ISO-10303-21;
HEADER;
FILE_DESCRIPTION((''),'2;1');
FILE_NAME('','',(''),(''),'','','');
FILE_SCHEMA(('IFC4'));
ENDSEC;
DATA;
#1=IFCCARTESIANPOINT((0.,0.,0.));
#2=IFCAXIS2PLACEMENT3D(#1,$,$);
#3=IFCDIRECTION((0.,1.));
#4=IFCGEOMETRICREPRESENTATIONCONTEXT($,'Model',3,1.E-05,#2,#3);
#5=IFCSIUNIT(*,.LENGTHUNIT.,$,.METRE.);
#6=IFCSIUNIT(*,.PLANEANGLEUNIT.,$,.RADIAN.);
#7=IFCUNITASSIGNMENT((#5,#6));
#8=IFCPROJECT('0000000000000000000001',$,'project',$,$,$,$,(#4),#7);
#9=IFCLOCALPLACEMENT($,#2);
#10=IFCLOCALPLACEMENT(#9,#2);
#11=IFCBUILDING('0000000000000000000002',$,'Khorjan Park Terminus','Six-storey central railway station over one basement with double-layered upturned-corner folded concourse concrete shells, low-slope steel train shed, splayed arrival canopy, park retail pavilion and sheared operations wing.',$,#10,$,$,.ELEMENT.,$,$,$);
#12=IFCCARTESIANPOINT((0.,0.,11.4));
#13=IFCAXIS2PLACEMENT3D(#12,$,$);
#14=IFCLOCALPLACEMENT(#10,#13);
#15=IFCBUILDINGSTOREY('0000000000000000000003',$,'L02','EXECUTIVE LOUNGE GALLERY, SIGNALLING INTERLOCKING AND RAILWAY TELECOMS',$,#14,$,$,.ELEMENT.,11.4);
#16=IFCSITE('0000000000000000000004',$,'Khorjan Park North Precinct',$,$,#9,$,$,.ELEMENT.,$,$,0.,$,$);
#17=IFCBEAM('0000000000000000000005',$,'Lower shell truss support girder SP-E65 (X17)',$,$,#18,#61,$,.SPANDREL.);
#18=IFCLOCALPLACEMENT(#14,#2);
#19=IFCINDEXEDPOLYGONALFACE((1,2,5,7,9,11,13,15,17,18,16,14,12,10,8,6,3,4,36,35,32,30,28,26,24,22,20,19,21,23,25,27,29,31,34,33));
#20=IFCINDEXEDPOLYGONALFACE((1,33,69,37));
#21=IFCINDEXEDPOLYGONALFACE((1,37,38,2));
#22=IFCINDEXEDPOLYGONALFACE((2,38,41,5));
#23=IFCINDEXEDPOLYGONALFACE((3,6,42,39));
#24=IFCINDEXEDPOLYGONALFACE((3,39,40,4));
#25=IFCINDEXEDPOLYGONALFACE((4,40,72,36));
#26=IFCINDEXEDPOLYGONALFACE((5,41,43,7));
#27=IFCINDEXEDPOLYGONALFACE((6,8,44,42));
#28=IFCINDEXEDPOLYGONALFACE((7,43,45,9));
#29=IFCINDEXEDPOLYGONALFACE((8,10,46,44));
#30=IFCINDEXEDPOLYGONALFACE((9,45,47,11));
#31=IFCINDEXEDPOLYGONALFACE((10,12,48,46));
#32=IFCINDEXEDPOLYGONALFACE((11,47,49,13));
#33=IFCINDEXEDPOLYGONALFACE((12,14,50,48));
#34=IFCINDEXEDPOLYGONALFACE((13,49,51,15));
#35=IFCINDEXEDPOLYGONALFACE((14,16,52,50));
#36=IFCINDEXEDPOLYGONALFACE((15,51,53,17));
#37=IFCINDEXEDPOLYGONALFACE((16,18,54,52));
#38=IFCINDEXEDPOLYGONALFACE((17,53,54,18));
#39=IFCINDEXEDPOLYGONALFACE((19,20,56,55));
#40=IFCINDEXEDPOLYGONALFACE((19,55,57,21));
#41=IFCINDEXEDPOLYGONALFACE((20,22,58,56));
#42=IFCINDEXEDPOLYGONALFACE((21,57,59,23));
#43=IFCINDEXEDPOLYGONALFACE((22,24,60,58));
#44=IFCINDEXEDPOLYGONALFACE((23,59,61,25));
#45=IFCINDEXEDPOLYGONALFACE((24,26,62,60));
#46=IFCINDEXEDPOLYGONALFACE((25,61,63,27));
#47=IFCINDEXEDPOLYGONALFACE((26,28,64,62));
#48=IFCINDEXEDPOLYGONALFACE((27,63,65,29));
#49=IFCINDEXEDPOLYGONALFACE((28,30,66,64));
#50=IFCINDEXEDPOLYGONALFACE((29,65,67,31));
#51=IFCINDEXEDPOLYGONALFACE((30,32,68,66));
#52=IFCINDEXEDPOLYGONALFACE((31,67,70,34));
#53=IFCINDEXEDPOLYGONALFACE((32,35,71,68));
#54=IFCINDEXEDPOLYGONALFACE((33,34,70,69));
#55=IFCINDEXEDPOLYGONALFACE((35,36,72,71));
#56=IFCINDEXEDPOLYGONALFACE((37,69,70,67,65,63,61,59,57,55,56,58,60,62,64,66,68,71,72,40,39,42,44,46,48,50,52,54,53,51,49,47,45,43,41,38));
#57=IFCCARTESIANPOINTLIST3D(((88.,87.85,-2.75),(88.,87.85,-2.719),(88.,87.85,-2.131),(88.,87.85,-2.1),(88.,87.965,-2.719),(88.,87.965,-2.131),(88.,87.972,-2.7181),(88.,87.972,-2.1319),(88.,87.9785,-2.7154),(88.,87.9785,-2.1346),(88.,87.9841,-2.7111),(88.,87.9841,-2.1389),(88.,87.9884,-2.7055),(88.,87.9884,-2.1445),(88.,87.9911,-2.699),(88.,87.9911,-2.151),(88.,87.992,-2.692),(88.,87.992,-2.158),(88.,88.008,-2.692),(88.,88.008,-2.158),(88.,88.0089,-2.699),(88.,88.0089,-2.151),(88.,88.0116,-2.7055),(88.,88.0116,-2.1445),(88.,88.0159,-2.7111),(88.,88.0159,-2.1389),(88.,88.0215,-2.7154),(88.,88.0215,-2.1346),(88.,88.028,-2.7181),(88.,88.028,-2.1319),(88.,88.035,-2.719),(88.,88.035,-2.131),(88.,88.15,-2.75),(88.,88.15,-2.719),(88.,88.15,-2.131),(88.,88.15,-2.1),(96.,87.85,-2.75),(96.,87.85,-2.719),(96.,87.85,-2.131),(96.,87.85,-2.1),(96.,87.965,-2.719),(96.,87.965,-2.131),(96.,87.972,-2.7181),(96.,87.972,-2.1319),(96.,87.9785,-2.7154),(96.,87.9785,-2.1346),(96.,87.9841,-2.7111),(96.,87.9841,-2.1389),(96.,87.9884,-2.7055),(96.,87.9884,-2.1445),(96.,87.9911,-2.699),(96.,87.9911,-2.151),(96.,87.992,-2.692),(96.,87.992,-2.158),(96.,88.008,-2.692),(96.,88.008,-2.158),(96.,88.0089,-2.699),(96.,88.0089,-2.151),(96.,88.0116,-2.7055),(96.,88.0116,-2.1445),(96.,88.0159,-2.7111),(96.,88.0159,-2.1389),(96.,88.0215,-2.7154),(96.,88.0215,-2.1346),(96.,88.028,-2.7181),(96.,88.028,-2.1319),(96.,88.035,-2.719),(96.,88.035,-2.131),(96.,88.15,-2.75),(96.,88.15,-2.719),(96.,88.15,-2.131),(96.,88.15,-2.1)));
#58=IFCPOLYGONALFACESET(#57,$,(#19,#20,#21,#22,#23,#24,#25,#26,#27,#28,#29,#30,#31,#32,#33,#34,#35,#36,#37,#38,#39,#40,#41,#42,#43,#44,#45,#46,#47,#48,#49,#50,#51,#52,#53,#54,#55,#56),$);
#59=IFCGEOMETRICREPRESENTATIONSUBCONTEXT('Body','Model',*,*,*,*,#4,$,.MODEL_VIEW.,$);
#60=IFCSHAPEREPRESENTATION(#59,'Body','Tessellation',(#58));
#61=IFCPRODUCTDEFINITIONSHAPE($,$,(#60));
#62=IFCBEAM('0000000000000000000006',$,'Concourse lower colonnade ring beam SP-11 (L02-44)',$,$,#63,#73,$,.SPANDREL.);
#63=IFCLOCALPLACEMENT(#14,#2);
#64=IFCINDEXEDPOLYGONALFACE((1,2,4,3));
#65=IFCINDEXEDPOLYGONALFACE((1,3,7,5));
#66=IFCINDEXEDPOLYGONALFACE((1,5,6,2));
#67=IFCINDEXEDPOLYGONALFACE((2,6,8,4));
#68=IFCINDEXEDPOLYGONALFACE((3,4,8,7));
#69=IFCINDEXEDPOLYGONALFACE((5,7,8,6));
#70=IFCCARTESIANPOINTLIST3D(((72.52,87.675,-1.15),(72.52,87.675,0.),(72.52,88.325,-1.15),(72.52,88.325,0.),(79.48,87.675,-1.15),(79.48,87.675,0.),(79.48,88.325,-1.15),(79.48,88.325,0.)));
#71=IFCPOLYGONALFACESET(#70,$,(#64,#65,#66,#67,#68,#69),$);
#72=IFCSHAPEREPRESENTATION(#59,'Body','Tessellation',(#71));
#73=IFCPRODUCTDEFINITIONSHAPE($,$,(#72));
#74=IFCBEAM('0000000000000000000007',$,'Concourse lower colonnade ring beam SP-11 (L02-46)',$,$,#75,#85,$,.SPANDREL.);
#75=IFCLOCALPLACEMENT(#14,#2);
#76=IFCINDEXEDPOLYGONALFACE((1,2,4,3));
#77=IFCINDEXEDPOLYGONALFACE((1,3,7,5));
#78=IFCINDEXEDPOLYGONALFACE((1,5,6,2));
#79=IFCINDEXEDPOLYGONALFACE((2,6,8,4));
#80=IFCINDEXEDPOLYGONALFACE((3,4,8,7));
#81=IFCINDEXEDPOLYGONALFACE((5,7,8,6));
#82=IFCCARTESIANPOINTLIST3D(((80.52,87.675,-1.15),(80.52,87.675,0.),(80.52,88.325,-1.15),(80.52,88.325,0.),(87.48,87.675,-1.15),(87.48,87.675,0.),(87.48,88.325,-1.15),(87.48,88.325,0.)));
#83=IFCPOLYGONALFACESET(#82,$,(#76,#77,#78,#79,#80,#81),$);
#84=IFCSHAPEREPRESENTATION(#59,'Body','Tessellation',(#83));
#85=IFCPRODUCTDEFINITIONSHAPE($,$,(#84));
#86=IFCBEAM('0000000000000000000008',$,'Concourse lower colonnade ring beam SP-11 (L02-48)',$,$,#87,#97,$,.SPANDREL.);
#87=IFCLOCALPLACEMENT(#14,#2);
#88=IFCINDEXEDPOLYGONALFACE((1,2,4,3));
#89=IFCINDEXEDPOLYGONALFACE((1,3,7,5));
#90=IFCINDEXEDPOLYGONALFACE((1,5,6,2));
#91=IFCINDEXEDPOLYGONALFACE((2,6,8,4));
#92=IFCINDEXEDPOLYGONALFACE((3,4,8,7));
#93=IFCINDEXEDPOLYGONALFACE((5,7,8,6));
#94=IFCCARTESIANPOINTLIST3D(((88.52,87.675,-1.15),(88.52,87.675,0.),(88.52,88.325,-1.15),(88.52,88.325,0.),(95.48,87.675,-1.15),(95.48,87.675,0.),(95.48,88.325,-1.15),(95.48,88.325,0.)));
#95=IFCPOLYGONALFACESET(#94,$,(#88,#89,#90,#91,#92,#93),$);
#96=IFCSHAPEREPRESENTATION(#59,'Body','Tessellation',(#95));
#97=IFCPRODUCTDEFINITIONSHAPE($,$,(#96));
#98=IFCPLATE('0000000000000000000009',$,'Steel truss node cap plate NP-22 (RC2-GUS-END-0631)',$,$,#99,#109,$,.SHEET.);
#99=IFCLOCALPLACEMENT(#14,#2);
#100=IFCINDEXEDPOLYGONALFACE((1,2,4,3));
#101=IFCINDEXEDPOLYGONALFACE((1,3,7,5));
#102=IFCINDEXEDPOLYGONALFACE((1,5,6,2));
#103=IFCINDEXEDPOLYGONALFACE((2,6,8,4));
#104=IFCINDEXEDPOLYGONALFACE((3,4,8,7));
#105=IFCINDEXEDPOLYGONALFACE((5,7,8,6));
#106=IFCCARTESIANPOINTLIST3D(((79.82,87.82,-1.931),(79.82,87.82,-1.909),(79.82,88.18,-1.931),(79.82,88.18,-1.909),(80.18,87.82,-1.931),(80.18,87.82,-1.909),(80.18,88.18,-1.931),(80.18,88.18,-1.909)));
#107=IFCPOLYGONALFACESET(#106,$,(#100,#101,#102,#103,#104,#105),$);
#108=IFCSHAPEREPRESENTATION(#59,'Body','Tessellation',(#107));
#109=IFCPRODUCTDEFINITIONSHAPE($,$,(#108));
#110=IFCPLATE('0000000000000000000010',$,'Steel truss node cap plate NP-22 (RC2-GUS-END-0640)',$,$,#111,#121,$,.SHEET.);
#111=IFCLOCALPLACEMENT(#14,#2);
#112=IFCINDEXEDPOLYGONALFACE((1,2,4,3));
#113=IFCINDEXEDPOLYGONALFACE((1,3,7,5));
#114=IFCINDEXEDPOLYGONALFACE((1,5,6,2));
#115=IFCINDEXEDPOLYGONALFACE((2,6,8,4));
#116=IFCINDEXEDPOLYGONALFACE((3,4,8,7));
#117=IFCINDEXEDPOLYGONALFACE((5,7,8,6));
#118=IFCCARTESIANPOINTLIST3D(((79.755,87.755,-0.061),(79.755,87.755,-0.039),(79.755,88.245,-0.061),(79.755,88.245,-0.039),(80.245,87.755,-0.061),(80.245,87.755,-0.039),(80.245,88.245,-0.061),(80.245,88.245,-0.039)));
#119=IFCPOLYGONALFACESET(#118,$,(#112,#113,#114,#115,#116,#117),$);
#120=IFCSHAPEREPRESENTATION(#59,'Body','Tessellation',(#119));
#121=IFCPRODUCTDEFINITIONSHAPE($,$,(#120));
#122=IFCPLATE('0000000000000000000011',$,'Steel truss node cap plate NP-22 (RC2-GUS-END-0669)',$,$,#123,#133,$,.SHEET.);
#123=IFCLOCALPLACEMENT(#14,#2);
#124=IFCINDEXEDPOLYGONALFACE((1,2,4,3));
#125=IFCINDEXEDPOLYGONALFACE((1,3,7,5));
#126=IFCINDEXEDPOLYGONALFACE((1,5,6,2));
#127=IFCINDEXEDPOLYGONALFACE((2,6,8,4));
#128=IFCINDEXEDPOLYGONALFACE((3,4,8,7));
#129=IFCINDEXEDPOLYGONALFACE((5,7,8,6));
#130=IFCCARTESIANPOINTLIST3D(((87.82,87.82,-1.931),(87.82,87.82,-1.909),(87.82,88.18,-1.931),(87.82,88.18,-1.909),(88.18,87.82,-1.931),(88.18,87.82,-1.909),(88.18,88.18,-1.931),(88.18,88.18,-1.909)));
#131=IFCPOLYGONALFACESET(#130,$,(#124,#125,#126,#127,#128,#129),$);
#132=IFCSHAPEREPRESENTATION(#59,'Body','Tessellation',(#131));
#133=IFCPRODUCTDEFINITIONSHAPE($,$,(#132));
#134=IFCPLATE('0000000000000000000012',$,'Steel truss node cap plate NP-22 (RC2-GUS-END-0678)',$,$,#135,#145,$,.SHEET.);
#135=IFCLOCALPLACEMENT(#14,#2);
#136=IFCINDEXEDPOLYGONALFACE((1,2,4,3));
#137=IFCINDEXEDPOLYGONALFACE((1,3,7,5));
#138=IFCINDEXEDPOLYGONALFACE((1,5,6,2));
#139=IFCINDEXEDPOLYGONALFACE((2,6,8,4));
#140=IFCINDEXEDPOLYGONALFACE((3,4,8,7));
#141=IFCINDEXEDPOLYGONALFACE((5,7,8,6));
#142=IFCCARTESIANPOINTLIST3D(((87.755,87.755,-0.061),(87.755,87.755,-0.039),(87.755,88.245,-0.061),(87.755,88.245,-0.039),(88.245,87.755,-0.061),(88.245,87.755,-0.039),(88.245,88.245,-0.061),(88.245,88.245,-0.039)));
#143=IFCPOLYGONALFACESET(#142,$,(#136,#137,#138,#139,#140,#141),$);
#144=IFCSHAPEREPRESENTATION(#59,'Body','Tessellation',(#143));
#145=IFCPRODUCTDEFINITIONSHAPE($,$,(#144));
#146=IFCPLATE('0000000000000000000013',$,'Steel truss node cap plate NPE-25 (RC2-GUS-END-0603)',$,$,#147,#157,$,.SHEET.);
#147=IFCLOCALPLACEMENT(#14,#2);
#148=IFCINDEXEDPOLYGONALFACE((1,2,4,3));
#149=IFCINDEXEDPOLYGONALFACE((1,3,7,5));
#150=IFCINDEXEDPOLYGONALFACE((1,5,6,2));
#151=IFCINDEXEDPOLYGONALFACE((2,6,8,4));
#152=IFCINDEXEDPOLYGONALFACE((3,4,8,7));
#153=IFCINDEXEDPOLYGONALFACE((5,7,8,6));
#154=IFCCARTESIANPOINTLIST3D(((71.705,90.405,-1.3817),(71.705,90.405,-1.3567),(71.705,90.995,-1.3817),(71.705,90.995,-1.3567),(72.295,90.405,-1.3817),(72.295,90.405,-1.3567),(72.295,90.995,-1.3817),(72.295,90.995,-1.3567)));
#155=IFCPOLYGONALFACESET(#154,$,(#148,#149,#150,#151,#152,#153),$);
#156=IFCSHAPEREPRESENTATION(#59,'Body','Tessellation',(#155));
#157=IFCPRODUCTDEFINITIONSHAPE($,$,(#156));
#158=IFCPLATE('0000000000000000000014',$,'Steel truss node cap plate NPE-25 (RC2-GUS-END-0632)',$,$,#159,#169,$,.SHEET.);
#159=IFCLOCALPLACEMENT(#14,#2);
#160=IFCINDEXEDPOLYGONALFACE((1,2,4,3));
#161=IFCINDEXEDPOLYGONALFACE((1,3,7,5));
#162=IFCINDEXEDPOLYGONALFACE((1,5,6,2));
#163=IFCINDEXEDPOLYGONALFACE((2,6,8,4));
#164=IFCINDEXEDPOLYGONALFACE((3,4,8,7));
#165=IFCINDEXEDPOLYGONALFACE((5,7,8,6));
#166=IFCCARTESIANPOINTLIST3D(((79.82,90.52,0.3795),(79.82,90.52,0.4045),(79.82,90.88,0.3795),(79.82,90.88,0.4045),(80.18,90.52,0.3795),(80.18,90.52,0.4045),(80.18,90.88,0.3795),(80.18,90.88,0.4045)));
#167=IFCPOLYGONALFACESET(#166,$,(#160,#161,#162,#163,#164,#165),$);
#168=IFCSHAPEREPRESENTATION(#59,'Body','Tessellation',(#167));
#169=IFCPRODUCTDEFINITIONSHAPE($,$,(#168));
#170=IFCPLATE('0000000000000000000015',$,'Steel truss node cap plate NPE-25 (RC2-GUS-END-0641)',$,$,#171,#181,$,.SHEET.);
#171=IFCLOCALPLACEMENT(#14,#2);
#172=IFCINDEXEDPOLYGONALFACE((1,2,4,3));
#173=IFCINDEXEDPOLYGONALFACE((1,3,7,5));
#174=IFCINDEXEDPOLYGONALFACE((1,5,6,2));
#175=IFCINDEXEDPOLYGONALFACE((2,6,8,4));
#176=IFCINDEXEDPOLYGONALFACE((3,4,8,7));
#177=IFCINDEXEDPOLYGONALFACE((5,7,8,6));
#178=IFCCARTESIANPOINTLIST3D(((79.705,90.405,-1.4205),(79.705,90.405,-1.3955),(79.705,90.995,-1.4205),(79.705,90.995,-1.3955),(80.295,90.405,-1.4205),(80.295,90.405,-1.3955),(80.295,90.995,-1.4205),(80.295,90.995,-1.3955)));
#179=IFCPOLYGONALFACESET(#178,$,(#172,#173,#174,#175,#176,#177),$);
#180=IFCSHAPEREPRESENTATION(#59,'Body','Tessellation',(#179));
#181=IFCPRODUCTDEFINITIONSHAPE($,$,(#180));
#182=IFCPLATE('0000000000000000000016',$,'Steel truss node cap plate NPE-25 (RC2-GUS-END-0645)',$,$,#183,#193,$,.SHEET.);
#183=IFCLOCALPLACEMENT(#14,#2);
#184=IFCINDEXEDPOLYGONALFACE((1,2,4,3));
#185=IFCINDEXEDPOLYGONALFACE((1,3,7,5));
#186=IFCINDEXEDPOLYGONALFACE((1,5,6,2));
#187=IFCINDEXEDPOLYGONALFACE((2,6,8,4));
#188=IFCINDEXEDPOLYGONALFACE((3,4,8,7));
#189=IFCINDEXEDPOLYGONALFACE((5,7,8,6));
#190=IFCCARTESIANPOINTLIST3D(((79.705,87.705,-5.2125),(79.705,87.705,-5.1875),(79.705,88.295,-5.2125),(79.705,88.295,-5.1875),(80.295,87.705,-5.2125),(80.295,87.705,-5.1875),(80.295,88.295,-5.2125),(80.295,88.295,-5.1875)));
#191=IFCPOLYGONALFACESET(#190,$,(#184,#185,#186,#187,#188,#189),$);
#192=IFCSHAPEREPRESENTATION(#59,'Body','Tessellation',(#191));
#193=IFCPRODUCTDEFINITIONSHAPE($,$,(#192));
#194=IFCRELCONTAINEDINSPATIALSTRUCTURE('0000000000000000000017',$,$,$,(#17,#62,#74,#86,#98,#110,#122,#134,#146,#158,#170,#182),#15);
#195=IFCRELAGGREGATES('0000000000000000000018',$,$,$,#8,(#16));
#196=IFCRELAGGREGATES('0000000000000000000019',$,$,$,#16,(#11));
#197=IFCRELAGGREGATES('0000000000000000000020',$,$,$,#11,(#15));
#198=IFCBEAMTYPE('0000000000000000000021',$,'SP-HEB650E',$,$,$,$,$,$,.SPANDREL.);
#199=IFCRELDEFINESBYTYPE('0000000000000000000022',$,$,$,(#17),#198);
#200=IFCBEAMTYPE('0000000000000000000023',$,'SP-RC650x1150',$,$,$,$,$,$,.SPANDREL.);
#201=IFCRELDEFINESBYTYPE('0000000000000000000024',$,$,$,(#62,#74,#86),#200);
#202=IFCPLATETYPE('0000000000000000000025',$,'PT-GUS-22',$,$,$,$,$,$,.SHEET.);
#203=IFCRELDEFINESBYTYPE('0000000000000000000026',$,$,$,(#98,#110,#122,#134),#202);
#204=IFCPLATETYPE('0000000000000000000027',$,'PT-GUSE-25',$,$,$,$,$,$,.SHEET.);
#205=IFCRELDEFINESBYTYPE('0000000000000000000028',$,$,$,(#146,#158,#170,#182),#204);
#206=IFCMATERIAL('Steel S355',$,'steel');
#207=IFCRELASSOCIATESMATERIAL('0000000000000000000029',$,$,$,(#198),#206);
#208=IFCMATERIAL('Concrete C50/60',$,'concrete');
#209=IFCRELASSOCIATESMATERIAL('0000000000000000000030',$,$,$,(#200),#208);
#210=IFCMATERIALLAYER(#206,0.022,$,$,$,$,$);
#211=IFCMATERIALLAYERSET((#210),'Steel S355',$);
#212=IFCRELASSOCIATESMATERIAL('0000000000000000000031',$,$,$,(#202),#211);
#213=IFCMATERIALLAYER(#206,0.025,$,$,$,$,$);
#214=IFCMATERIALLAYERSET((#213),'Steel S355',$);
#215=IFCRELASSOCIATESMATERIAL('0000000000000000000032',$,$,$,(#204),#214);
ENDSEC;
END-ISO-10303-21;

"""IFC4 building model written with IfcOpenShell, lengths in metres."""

from ifc_helpers import new_model, si_unit, direction, frame, origin, origin_2d, place, context, subcontext, project, spatial, rectangle, i_section, extrude, material, layer, layer_set, material_profile, profile_set, type_object, element, save


model = new_model("IFC4")

# Units and contexts
model_context = context("Model", 3, precision=1e-05, world=origin(), true_north=direction((0.0, 1.0)))
body_context = subcontext(model_context, "Body", "Model", "MODEL_VIEW")
ifc_project = project(units=[si_unit("LENGTHUNIT", "METRE"), si_unit("PLANEANGLEUNIT", "RADIAN")], contexts=[model_context])

# Site, building, storey
site_placement = place(None, origin())
site = spatial("IfcSite", under=ifc_project, at=site_placement, Name="Khorjan Park North Precinct", CompositionType="ELEMENT", RefElevation=0.0)
building_placement = place(site_placement, origin())
building = spatial("IfcBuilding", under=site, at=building_placement, Name="Khorjan Park Terminus", Description="Six-storey central railway station over one basement with double-layered upturned-corner folded concourse concrete shells, low-slope steel train shed, splayed arrival canopy, park retail pavilion and sheared operations wing.", CompositionType="ELEMENT")
storey_placement = place(building_placement, frame((0.0, 0.0, 11.4)))
storey = spatial("IfcBuildingStorey", under=building, at=storey_placement, Name="L02", Description="EXECUTIVE LOUNGE GALLERY, SIGNALLING INTERLOCKING AND RAILWAY TELECOMS", CompositionType="ELEMENT", Elevation=11.4)

# Shared definitions
ifc_material_1 = material(Name="Concrete C50/60", Category="concrete")

# Shared definitions
ifc_material_2 = material(Name="Steel S355", Category="steel")

# Beams
ifc_material_profile_1 = material_profile(ifc_material_2, i_section(OverallWidth=0.3, OverallDepth=0.65, WebThickness=0.016, FlangeThickness=0.031, FilletRadius=0.027, at=origin_2d()), Name="HEB 650")
ifc_profile_set_1 = profile_set([ifc_material_profile_1], Name="Steel S355")
beam_type_1 = type_object("IfcBeamType", Name="SP-HEB650E", PredefinedType="SPANDREL", material=ifc_profile_set_1)
for number, where, z_axis, x_axis, name in (
    (1, (88.0, 88.0, -2.425), (1.0, 0.0, 0.0), (0.0, 1.0, 0.0), "Lower shell truss support girder SP-E65 (X17)"),
):
    element("IfcBeam", number, at=place(storey_placement, frame(where, z_axis=z_axis, x_axis=x_axis)), inside=storey, type_object=beam_type_1, Name=name, PredefinedType="SPANDREL", context=body_context, shape_type="SweptSolid", body=[
        extrude(i_section(OverallWidth=0.3, OverallDepth=0.65, WebThickness=0.016, FlangeThickness=0.031, FilletRadius=0.027, at=origin_2d()), origin(), (0.0, 0.0, 1.0), 8.0),
    ])
ifc_material_profile_2 = material_profile(ifc_material_1, rectangle(XDim=0.65, YDim=1.15, at=origin_2d()), Name="RC 650x1150")
ifc_profile_set_2 = profile_set([ifc_material_profile_2], Name="Concrete C50/60")
beam_type_2 = type_object("IfcBeamType", Name="SP-RC650x1150", PredefinedType="SPANDREL", material=ifc_profile_set_2)
for number, where, z_axis, x_axis, name in (
    (2, (72.52, 88.0, -0.575), (1.0, 0.0, 0.0), (0.0, 1.0, 0.0), "Concourse lower colonnade ring beam SP-11 (L02-44)"),
    (3, (80.52, 88.0, -0.575), (1.0, 0.0, 0.0), (0.0, 1.0, 0.0), "Concourse lower colonnade ring beam SP-11 (L02-46)"),
    (4, (88.52, 88.0, -0.575), (1.0, 0.0, 0.0), (0.0, 1.0, 0.0), "Concourse lower colonnade ring beam SP-11 (L02-48)"),
):
    element("IfcBeam", number, at=place(storey_placement, frame(where, z_axis=z_axis, x_axis=x_axis)), inside=storey, type_object=beam_type_2, Name=name, PredefinedType="SPANDREL", context=body_context, shape_type="SweptSolid", body=[
        extrude(rectangle(XDim=0.65, YDim=1.15, at=origin_2d()), origin(), (0.0, 0.0, 1.0), 6.96),
    ])

# Plates
ifc_layer_1 = layer(ifc_material_2, 0.022)
ifc_layer_set_1 = layer_set([ifc_layer_1], Name="Steel S355")
plate_type_1 = type_object("IfcPlateType", Name="PT-GUS-22", PredefinedType="SHEET", material=ifc_layer_set_1)
plate_1_placement = place(storey_placement, frame((80.0, 88.0, -1.931), z_axis=(0.0, 0.0, 1.0), x_axis=(1.0, 0.0, 0.0)))
element("IfcPlate", 5, at=plate_1_placement, inside=storey, type_object=plate_type_1, Name="Steel truss node cap plate NP-22 (RC2-GUS-END-0631)", PredefinedType="SHEET", context=body_context, shape_type="SweptSolid", body=[
    extrude(rectangle(XDim=0.36, YDim=0.36, at=origin_2d()), origin(), (0.0, 0.0, 1.0), 0.022),
])
plate_2_placement = place(storey_placement, frame((80.0, 88.0, -0.061), z_axis=(0.0, 0.0, 1.0), x_axis=(1.0, 0.0, 0.0)))
element("IfcPlate", 6, at=plate_2_placement, inside=storey, type_object=plate_type_1, Name="Steel truss node cap plate NP-22 (RC2-GUS-END-0640)", PredefinedType="SHEET", context=body_context, shape_type="SweptSolid", body=[
    extrude(rectangle(XDim=0.49, YDim=0.49, at=origin_2d()), origin(), (0.0, 0.0, 1.0), 0.022),
])
plate_3_placement = place(storey_placement, frame((88.0, 88.0, -1.931), z_axis=(0.0, 0.0, 1.0), x_axis=(1.0, 0.0, 0.0)))
element("IfcPlate", 7, at=plate_3_placement, inside=storey, type_object=plate_type_1, Name="Steel truss node cap plate NP-22 (RC2-GUS-END-0669)", PredefinedType="SHEET", context=body_context, shape_type="SweptSolid", body=[
    extrude(rectangle(XDim=0.36, YDim=0.36, at=origin_2d()), origin(), (0.0, 0.0, 1.0), 0.022),
])
plate_4_placement = place(storey_placement, frame((88.0, 88.0, -0.061), z_axis=(0.0, 0.0, 1.0), x_axis=(1.0, 0.0, 0.0)))
element("IfcPlate", 8, at=plate_4_placement, inside=storey, type_object=plate_type_1, Name="Steel truss node cap plate NP-22 (RC2-GUS-END-0678)", PredefinedType="SHEET", context=body_context, shape_type="SweptSolid", body=[
    extrude(rectangle(XDim=0.49, YDim=0.49, at=origin_2d()), origin(), (0.0, 0.0, 1.0), 0.022),
])
ifc_layer_2 = layer(ifc_material_2, 0.025)
ifc_layer_set_2 = layer_set([ifc_layer_2], Name="Steel S355")
plate_type_2 = type_object("IfcPlateType", Name="PT-GUSE-25", PredefinedType="SHEET", material=ifc_layer_set_2)
plate_5_placement = place(storey_placement, frame((72.0, 90.7, -1.3817), z_axis=(0.0, 0.0, 1.0), x_axis=(1.0, 0.0, 0.0)))
element("IfcPlate", 9, at=plate_5_placement, inside=storey, type_object=plate_type_2, Name="Steel truss node cap plate NPE-25 (RC2-GUS-END-0603)", PredefinedType="SHEET", context=body_context, shape_type="SweptSolid", body=[
    extrude(rectangle(XDim=0.59, YDim=0.59, at=origin_2d()), origin(), (0.0, 0.0, 1.0), 0.025),
])
plate_6_placement = place(storey_placement, frame((80.0, 90.7, 0.3795), z_axis=(0.0, 0.0, 1.0), x_axis=(1.0, 0.0, 0.0)))
element("IfcPlate", 10, at=plate_6_placement, inside=storey, type_object=plate_type_2, Name="Steel truss node cap plate NPE-25 (RC2-GUS-END-0632)", PredefinedType="SHEET", context=body_context, shape_type="SweptSolid", body=[
    extrude(rectangle(XDim=0.36, YDim=0.36, at=origin_2d()), origin(), (0.0, 0.0, 1.0), 0.025),
])
for number, where, z_axis, x_axis, name in (
    (11, (80.0, 90.7, -1.4205), (0.0, 0.0, 1.0), (1.0, 0.0, 0.0), "Steel truss node cap plate NPE-25 (RC2-GUS-END-0641)"),
    (12, (80.0, 88.0, -5.2125), (0.0, 0.0, 1.0), (1.0, 0.0, 0.0), "Steel truss node cap plate NPE-25 (RC2-GUS-END-0645)"),
):
    element("IfcPlate", number, at=place(storey_placement, frame(where, z_axis=z_axis, x_axis=x_axis)), inside=storey, type_object=plate_type_2, Name=name, PredefinedType="SHEET", context=body_context, shape_type="SweptSolid", body=[
        extrude(rectangle(XDim=0.59, YDim=0.59, at=origin_2d()), origin(), (0.0, 0.0, 1.0), 0.025),
    ])

save(model, "model.ifc")
